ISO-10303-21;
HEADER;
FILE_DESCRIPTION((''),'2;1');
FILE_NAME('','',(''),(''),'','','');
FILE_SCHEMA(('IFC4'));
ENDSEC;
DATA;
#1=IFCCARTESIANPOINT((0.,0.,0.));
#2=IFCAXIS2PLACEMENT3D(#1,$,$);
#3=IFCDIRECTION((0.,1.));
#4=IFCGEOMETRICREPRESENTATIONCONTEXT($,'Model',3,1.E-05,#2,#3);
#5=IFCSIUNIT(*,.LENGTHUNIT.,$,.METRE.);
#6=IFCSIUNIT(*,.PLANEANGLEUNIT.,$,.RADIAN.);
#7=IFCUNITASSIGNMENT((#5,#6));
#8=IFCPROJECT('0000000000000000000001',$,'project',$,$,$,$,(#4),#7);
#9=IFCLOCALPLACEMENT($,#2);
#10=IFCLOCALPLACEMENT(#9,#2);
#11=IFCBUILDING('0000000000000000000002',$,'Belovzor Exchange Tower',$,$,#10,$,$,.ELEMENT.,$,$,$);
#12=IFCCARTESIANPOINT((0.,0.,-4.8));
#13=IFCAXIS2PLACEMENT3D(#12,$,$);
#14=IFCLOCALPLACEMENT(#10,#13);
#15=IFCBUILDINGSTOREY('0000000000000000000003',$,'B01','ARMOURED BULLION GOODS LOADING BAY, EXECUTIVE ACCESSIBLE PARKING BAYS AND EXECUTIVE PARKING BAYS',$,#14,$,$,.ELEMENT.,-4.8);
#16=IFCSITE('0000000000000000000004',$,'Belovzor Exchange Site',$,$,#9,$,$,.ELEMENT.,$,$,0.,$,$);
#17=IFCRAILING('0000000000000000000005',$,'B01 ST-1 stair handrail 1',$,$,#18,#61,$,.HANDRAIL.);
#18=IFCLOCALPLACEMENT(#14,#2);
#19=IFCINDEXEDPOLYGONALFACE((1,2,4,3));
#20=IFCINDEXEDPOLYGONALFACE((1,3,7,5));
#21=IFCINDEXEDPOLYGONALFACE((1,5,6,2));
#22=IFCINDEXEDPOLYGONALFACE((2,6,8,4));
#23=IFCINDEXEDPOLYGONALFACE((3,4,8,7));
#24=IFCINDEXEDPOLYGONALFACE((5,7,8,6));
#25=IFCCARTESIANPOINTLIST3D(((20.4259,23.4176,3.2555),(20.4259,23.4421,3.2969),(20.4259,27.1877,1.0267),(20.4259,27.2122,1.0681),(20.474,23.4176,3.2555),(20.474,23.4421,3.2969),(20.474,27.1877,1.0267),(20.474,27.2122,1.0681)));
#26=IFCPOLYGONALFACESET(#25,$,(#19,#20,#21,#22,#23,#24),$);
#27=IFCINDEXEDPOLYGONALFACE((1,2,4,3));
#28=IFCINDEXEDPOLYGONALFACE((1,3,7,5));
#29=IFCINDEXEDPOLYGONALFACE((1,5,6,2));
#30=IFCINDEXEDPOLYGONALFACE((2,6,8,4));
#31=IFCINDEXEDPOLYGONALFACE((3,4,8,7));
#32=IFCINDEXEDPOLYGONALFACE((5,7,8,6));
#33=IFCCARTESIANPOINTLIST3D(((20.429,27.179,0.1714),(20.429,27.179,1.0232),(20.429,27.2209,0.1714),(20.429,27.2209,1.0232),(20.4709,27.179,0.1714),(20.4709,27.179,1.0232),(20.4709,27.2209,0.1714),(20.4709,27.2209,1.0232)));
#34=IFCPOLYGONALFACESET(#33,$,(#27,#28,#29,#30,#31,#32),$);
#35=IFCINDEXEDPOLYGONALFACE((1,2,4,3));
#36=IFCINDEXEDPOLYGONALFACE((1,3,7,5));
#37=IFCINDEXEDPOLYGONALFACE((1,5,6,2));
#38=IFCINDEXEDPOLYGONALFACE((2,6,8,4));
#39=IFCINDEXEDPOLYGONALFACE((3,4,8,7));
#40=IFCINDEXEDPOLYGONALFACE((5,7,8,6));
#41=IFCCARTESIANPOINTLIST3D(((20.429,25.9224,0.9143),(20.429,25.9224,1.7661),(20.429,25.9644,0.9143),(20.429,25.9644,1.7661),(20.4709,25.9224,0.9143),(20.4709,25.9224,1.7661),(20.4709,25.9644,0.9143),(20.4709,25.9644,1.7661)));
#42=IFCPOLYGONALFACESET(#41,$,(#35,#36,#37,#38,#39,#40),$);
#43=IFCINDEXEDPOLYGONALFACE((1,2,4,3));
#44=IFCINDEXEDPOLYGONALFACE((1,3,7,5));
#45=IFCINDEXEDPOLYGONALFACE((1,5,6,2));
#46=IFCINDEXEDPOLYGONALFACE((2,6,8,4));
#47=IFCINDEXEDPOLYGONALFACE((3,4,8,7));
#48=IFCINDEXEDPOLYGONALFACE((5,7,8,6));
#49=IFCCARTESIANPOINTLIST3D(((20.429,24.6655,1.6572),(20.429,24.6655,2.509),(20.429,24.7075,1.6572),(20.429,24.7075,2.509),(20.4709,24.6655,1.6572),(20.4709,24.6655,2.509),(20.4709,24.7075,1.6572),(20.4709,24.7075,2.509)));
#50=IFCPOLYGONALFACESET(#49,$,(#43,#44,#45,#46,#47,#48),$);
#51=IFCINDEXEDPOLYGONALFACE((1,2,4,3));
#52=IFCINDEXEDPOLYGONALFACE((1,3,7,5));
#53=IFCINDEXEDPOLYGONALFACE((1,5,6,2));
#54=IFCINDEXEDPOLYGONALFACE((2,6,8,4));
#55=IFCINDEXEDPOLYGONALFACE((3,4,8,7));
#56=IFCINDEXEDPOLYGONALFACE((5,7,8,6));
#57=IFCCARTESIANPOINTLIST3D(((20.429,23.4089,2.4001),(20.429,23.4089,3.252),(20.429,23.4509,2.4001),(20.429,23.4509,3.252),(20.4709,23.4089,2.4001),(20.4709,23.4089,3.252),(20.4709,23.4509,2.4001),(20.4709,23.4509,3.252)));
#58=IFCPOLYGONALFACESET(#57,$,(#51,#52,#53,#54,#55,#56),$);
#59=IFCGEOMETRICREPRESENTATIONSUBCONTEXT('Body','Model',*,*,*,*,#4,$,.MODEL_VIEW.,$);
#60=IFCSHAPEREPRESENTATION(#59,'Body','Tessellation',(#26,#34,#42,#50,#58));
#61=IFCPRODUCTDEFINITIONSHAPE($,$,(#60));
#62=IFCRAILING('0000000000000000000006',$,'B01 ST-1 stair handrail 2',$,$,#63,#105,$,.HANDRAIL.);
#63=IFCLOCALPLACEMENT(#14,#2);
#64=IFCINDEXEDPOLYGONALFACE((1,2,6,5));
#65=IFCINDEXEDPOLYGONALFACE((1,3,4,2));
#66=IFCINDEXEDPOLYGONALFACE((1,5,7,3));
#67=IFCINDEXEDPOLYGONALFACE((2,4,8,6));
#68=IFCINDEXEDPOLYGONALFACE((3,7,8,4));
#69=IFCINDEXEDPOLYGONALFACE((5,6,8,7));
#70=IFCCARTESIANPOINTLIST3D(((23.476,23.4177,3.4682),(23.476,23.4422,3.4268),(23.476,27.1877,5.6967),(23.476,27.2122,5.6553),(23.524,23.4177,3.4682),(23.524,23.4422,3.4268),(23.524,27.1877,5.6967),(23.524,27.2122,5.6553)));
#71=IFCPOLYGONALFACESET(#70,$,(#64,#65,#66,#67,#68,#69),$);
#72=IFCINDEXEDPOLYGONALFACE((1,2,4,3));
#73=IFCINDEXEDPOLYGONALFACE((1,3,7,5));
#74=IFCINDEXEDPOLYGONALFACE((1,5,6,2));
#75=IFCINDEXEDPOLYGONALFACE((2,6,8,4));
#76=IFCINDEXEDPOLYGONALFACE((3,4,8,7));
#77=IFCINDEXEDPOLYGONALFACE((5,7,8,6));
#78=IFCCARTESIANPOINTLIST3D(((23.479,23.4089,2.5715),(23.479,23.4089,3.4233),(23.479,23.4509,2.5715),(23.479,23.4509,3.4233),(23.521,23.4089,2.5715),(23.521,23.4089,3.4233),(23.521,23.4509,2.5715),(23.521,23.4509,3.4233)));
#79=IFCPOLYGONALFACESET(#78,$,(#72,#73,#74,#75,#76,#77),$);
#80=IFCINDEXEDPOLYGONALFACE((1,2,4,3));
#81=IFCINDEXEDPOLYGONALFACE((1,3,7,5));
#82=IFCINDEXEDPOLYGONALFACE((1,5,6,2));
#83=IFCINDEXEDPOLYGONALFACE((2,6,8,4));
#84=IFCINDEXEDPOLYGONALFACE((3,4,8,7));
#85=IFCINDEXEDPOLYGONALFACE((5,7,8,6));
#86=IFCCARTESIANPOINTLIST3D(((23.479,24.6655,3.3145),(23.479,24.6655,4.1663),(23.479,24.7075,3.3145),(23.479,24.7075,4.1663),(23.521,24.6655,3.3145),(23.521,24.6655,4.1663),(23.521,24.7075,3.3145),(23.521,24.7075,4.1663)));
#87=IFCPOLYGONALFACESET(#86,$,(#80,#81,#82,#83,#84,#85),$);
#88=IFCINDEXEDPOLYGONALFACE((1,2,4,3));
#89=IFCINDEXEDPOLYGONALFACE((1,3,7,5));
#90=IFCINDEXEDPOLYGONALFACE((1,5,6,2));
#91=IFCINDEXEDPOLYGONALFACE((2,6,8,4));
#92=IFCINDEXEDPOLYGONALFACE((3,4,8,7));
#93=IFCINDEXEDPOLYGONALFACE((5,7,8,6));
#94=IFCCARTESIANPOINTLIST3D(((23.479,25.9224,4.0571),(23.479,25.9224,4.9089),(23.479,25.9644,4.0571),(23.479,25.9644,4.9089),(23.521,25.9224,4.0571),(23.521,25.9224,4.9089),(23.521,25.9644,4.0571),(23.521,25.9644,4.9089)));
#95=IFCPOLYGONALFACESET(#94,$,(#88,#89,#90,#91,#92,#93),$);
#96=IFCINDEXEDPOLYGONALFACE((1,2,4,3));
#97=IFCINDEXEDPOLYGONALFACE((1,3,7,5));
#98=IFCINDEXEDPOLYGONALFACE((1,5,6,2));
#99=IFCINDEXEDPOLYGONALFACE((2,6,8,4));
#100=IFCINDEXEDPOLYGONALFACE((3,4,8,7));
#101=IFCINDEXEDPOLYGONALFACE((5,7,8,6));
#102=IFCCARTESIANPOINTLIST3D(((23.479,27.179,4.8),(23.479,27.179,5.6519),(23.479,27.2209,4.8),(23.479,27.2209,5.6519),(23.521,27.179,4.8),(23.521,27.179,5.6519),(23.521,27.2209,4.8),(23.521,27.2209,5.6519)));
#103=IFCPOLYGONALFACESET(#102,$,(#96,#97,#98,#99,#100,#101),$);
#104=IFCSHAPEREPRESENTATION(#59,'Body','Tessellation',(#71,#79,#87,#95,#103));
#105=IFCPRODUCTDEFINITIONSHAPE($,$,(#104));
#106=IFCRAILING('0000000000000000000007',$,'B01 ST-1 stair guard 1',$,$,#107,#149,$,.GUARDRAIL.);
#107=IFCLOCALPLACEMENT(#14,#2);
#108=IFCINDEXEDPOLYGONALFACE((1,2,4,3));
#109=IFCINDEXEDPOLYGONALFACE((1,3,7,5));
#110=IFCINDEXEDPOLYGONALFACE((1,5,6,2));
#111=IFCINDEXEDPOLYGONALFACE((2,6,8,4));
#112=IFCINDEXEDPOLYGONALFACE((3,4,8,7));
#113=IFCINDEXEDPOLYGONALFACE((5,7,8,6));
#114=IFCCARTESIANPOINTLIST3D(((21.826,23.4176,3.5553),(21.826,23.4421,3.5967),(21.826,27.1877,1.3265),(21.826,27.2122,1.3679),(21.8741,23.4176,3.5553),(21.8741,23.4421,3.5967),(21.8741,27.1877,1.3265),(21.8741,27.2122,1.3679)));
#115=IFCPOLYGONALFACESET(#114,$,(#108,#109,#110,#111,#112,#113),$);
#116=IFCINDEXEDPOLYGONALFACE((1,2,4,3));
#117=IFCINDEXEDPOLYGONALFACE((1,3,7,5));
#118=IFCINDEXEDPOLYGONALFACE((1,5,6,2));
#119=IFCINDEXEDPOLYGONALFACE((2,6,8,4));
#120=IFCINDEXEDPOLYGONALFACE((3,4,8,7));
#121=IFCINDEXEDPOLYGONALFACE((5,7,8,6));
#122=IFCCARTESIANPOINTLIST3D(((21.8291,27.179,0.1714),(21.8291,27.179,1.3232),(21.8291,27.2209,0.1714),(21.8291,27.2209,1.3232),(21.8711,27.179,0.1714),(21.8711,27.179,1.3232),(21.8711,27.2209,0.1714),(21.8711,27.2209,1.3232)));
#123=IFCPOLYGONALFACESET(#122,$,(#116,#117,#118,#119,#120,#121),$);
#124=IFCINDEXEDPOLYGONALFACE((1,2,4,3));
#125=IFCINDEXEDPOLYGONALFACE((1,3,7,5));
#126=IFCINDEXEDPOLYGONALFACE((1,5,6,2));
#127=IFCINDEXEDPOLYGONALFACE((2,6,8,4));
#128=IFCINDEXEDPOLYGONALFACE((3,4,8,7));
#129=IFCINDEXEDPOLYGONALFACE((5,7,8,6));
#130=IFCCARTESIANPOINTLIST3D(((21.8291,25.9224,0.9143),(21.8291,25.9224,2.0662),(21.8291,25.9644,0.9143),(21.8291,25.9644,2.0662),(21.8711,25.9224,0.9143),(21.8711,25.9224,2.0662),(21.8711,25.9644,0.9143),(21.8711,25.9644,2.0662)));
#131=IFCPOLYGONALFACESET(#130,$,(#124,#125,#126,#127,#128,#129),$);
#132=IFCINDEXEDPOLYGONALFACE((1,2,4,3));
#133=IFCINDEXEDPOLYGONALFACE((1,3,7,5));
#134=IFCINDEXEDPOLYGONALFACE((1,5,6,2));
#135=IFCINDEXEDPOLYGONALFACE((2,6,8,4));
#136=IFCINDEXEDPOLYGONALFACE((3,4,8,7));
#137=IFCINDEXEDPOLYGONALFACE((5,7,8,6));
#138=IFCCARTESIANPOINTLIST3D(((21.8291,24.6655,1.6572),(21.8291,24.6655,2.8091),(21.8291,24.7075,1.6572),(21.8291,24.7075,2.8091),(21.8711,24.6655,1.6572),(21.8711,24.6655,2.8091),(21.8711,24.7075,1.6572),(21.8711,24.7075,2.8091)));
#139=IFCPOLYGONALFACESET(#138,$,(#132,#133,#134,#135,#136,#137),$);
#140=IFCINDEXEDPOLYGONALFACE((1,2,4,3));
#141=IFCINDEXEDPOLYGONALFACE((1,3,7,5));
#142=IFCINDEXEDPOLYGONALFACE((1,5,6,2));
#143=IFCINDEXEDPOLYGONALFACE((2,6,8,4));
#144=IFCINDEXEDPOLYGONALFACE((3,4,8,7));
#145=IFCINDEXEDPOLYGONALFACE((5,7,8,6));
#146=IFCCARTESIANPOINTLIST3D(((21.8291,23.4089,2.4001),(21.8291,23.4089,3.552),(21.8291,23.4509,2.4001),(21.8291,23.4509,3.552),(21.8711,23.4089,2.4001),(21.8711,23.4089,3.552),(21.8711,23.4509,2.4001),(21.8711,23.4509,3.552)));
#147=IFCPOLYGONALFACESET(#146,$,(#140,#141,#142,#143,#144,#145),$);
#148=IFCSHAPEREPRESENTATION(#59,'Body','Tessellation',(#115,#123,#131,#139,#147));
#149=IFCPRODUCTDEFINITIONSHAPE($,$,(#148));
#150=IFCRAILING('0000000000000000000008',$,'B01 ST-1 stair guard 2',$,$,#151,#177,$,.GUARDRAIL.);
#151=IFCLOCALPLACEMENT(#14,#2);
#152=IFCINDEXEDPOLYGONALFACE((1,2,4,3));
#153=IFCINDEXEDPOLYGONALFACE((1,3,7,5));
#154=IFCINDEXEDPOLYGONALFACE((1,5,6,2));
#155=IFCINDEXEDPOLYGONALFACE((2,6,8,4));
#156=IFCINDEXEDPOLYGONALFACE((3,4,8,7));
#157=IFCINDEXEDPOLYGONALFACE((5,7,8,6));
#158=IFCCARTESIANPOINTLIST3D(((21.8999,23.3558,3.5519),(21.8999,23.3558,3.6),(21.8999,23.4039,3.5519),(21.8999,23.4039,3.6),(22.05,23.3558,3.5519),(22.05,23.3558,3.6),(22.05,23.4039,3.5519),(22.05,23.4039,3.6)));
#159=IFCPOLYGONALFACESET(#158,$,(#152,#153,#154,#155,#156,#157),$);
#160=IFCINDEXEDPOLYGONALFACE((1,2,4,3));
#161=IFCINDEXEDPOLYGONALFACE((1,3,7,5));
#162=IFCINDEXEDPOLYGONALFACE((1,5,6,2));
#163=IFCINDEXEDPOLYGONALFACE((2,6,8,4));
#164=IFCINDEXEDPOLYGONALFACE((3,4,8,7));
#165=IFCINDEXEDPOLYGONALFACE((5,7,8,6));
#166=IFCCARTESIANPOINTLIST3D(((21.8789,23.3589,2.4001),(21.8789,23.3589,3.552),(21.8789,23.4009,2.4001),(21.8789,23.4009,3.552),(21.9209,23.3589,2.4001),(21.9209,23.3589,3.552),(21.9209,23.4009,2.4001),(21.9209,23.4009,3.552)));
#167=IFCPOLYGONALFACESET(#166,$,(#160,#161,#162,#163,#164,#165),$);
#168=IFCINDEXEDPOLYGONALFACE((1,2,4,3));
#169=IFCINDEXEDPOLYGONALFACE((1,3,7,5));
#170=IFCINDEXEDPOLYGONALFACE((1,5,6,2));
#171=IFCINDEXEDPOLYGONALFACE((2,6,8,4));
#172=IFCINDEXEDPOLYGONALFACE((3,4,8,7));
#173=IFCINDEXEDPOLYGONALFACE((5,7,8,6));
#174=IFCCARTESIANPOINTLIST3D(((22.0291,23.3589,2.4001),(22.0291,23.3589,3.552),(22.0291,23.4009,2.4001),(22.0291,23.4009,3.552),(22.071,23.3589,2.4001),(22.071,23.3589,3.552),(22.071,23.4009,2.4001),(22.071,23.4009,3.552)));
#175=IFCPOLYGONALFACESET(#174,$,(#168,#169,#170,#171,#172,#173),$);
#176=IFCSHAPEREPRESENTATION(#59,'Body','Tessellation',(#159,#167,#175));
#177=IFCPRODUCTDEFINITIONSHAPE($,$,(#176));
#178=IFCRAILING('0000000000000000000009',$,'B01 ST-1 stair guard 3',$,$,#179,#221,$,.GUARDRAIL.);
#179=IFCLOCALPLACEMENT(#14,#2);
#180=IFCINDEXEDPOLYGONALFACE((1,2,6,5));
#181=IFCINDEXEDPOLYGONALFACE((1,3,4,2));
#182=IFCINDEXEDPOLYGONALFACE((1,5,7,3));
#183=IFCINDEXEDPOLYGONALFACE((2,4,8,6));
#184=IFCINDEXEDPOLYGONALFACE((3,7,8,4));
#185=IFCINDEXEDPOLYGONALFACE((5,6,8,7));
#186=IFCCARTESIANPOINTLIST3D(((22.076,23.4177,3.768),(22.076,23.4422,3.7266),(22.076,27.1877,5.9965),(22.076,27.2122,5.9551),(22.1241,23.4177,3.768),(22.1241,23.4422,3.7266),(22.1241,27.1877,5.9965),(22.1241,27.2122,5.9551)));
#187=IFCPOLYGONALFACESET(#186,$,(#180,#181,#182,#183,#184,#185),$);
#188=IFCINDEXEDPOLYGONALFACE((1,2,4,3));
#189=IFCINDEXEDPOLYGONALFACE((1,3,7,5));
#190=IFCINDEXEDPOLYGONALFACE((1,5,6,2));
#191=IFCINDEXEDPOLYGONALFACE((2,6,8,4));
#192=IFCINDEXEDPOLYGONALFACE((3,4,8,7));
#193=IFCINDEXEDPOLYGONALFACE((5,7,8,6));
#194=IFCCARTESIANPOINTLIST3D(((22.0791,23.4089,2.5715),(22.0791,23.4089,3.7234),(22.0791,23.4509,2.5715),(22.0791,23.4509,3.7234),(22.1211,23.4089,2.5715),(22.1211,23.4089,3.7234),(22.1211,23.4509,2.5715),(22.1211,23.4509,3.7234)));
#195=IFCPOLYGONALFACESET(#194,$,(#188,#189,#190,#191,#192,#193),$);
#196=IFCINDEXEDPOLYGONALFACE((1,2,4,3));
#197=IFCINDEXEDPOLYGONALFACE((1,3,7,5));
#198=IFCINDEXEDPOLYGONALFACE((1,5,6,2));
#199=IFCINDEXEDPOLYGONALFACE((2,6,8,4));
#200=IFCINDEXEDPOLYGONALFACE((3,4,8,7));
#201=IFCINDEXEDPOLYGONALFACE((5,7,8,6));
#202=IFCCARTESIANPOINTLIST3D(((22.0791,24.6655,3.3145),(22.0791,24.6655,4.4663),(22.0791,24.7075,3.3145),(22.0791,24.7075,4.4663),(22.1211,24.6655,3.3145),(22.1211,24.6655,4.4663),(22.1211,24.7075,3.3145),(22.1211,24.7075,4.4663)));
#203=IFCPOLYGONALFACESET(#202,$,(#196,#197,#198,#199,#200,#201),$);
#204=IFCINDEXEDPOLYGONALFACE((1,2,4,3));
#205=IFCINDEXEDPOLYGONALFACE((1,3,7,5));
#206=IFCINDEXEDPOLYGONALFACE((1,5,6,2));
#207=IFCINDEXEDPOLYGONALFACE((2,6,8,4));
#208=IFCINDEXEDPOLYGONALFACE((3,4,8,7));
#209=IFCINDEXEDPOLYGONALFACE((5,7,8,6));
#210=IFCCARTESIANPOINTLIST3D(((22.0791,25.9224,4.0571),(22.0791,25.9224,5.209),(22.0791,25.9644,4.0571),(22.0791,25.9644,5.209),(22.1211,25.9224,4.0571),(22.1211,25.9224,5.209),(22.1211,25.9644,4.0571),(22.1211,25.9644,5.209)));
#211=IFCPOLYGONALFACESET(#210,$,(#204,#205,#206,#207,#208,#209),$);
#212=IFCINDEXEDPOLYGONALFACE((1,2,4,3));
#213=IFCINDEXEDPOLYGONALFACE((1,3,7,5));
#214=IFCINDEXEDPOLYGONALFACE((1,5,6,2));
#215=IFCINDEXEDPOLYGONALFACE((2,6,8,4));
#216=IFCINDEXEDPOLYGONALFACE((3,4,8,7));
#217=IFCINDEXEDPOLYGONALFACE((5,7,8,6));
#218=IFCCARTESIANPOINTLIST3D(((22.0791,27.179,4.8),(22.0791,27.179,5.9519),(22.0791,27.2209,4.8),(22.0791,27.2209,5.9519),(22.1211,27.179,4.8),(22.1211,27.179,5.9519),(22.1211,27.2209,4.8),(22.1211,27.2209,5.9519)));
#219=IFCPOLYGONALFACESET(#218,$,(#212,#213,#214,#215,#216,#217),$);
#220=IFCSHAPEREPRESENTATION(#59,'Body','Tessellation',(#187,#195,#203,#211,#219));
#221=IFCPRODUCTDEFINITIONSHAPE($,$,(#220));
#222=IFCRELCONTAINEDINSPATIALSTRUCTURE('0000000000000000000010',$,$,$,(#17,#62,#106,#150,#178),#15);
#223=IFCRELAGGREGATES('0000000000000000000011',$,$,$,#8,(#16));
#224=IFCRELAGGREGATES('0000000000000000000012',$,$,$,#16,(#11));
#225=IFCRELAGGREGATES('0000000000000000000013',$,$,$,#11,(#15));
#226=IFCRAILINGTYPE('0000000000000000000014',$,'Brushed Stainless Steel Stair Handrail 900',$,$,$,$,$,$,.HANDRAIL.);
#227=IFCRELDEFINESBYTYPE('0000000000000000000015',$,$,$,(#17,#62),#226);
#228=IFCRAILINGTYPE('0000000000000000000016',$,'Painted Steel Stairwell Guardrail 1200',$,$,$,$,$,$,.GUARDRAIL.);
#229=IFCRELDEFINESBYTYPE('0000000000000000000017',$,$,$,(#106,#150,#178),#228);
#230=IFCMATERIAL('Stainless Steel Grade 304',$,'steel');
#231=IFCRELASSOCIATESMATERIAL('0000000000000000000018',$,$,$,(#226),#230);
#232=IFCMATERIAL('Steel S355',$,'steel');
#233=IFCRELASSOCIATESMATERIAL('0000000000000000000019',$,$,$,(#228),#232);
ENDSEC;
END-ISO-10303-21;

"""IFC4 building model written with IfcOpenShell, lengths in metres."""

from ifc_helpers import new_model, si_unit, direction, frame, origin, origin_2d, place, context, subcontext, project, spatial, rectangle, extrude, material, type_object, element, save


model = new_model("IFC4")

# Units and contexts
model_context = context("Model", 3, precision=1e-05, world=origin(), true_north=direction((0.0, 1.0)))
body_context = subcontext(model_context, "Body", "Model", "MODEL_VIEW")
ifc_project = project(units=[si_unit("LENGTHUNIT", "METRE"), si_unit("PLANEANGLEUNIT", "RADIAN")], contexts=[model_context])

# Site, building, storey
site_placement = place(None, origin())
site = spatial("IfcSite", under=ifc_project, at=site_placement, Name="Belovzor Exchange Site", CompositionType="ELEMENT", RefElevation=0.0)
building_placement = place(site_placement, origin())
building = spatial("IfcBuilding", under=site, at=building_placement, Name="Belovzor Exchange Tower", CompositionType="ELEMENT")
storey_placement = place(building_placement, frame((0.0, 0.0, -4.8)))
storey = spatial("IfcBuildingStorey", under=building, at=storey_placement, Name="B01", Description="ARMOURED BULLION GOODS LOADING BAY, EXECUTIVE ACCESSIBLE PARKING BAYS AND EXECUTIVE PARKING BAYS", CompositionType="ELEMENT", Elevation=-4.8)

# Railings
ifc_material_1 = material(Name="Stainless Steel Grade 304", Category="steel")
railing_type_1 = type_object("IfcRailingType", Name="Brushed Stainless Steel Stair Handrail 900", PredefinedType="HANDRAIL", material=ifc_material_1)
railing_1_placement = place(storey_placement, frame((20.45, 27.2, 0.1714)))
element("IfcRailing", 1, at=railing_1_placement, inside=storey, type_object=railing_type_1, Name="B01 ST-1 stair handrail 1", PredefinedType="HANDRAIL", context=body_context, shape_type="SweptSolid", body=[
    extrude(rectangle(XDim=0.0481, YDim=0.0481, at=origin_2d()), frame((0.0, 0.0, 0.876), z_axis=(0.0, -0.860824, 0.508902), x_axis=(1.0, 0.0, 0.0)), (0.0, 0.0, 1.0), 4.3796),
    extrude(rectangle(XDim=0.042, YDim=0.042, at=origin_2d()), origin(), (0.0, 0.0, 1.0), 0.8518),
    extrude(rectangle(XDim=0.042, YDim=0.042, at=origin_2d()), frame((0.0, -1.2566, 0.7429)), (0.0, 0.0, 1.0), 0.8518),
    extrude(rectangle(XDim=0.042, YDim=0.042, at=origin_2d()), frame((0.0, -2.5134, 1.4858)), (0.0, 0.0, 1.0), 0.8518),
    extrude(rectangle(XDim=0.042, YDim=0.042, at=origin_2d()), frame((0.0, -3.77, 2.2288)), (0.0, 0.0, 1.0), 0.8518),
])
railing_2_placement = place(storey_placement, frame((23.5, 23.4299, 2.5715)))
element("IfcRailing", 2, at=railing_2_placement, inside=storey, type_object=railing_type_1, Name="B01 ST-1 stair handrail 2", PredefinedType="HANDRAIL", context=body_context, shape_type="SweptSolid", body=[
    extrude(rectangle(XDim=0.0481, YDim=0.0481, at=origin_2d()), frame((0.0, 0.0, 0.876), z_axis=(0.0, 0.860849, 0.508861), x_axis=(-1.0, 0.0, 0.0)), (0.0, 0.0, 1.0), 4.3794),
    extrude(rectangle(XDim=0.042, YDim=0.042, at=origin_2d()), origin(), (0.0, 0.0, 1.0), 0.8518),
    extrude(rectangle(XDim=0.042, YDim=0.042, at=origin_2d()), frame((0.0, 1.2566, 0.7429)), (0.0, 0.0, 1.0), 0.8518),
    extrude(rectangle(XDim=0.042, YDim=0.042, at=origin_2d()), frame((0.0, 2.5134, 1.4856)), (0.0, 0.0, 1.0), 0.8518),
    extrude(rectangle(XDim=0.042, YDim=0.042, at=origin_2d()), frame((0.0, 3.77, 2.2285)), (0.0, 0.0, 1.0), 0.8518),
])
ifc_material_2 = material(Name="Steel S355", Category="steel")
railing_type_2 = type_object("IfcRailingType", Name="Painted Steel Stairwell Guardrail 1200", PredefinedType="GUARDRAIL", material=ifc_material_2)
railing_3_placement = place(storey_placement, frame((21.8501, 27.2, 0.1714)))
element("IfcRailing", 3, at=railing_3_placement, inside=storey, type_object=railing_type_2, Name="B01 ST-1 stair guard 1", PredefinedType="GUARDRAIL", context=body_context, shape_type="SweptSolid", body=[
    extrude(rectangle(XDim=0.0481, YDim=0.0481, at=origin_2d()), frame((0.0, 0.0, 1.1758), z_axis=(0.0, -0.860824, 0.508902), x_axis=(1.0, 0.0, 0.0)), (0.0, 0.0, 1.0), 4.3796),
    extrude(rectangle(XDim=0.042, YDim=0.042, at=origin_2d()), origin(), (0.0, 0.0, 1.0), 1.1519),
    extrude(rectangle(XDim=0.042, YDim=0.042, at=origin_2d()), frame((0.0, -1.2566, 0.7429)), (0.0, 0.0, 1.0), 1.1519),
    extrude(rectangle(XDim=0.042, YDim=0.042, at=origin_2d()), frame((0.0, -2.5134, 1.4858)), (0.0, 0.0, 1.0), 1.1519),
    extrude(rectangle(XDim=0.042, YDim=0.042, at=origin_2d()), frame((0.0, -3.77, 2.2288)), (0.0, 0.0, 1.0), 1.1519),
])
railing_4_placement = place(storey_placement, frame((21.8999, 23.3799, 2.4001)))
element("IfcRailing", 4, at=railing_4_placement, inside=storey, type_object=railing_type_2, Name="B01 ST-1 stair guard 2", PredefinedType="GUARDRAIL", context=body_context, shape_type="SweptSolid", body=[
    extrude(rectangle(XDim=0.0481, YDim=0.0481, at=origin_2d()), frame((0.0, 0.0, 1.1758), z_axis=(1.0, 0.0, 0.0), x_axis=(0.0, 1.0, 0.0)), (0.0, 0.0, 1.0), 0.1501),
    extrude(rectangle(XDim=0.042, YDim=0.042, at=origin_2d()), origin(), (0.0, 0.0, 1.0), 1.1519),
    extrude(rectangle(XDim=0.042, YDim=0.042, at=origin_2d()), frame((0.1501, 0.0, 0.0)), (0.0, 0.0, 1.0), 1.1519),
])
railing_5_placement = place(storey_placement, frame((22.1001, 23.4299, 2.5715)))
element("IfcRailing", 5, at=railing_5_placement, inside=storey, type_object=railing_type_2, Name="B01 ST-1 stair guard 3", PredefinedType="GUARDRAIL", context=body_context, shape_type="SweptSolid", body=[
    extrude(rectangle(XDim=0.0481, YDim=0.0481, at=origin_2d()), frame((0.0, 0.0, 1.1758), z_axis=(0.0, 0.860849, 0.508861), x_axis=(-1.0, 0.0, 0.0)), (0.0, 0.0, 1.0), 4.3794),
    extrude(rectangle(XDim=0.042, YDim=0.042, at=origin_2d()), origin(), (0.0, 0.0, 1.0), 1.1519),
    extrude(rectangle(XDim=0.042, YDim=0.042, at=origin_2d()), frame((0.0, 1.2566, 0.7429)), (0.0, 0.0, 1.0), 1.1519),
    extrude(rectangle(XDim=0.042, YDim=0.042, at=origin_2d()), frame((0.0, 2.5134, 1.4856)), (0.0, 0.0, 1.0), 1.1519),
    extrude(rectangle(XDim=0.042, YDim=0.042, at=origin_2d()), frame((0.0, 3.77, 2.2285)), (0.0, 0.0, 1.0), 1.1519),
])

save(model, "model.ifc")
